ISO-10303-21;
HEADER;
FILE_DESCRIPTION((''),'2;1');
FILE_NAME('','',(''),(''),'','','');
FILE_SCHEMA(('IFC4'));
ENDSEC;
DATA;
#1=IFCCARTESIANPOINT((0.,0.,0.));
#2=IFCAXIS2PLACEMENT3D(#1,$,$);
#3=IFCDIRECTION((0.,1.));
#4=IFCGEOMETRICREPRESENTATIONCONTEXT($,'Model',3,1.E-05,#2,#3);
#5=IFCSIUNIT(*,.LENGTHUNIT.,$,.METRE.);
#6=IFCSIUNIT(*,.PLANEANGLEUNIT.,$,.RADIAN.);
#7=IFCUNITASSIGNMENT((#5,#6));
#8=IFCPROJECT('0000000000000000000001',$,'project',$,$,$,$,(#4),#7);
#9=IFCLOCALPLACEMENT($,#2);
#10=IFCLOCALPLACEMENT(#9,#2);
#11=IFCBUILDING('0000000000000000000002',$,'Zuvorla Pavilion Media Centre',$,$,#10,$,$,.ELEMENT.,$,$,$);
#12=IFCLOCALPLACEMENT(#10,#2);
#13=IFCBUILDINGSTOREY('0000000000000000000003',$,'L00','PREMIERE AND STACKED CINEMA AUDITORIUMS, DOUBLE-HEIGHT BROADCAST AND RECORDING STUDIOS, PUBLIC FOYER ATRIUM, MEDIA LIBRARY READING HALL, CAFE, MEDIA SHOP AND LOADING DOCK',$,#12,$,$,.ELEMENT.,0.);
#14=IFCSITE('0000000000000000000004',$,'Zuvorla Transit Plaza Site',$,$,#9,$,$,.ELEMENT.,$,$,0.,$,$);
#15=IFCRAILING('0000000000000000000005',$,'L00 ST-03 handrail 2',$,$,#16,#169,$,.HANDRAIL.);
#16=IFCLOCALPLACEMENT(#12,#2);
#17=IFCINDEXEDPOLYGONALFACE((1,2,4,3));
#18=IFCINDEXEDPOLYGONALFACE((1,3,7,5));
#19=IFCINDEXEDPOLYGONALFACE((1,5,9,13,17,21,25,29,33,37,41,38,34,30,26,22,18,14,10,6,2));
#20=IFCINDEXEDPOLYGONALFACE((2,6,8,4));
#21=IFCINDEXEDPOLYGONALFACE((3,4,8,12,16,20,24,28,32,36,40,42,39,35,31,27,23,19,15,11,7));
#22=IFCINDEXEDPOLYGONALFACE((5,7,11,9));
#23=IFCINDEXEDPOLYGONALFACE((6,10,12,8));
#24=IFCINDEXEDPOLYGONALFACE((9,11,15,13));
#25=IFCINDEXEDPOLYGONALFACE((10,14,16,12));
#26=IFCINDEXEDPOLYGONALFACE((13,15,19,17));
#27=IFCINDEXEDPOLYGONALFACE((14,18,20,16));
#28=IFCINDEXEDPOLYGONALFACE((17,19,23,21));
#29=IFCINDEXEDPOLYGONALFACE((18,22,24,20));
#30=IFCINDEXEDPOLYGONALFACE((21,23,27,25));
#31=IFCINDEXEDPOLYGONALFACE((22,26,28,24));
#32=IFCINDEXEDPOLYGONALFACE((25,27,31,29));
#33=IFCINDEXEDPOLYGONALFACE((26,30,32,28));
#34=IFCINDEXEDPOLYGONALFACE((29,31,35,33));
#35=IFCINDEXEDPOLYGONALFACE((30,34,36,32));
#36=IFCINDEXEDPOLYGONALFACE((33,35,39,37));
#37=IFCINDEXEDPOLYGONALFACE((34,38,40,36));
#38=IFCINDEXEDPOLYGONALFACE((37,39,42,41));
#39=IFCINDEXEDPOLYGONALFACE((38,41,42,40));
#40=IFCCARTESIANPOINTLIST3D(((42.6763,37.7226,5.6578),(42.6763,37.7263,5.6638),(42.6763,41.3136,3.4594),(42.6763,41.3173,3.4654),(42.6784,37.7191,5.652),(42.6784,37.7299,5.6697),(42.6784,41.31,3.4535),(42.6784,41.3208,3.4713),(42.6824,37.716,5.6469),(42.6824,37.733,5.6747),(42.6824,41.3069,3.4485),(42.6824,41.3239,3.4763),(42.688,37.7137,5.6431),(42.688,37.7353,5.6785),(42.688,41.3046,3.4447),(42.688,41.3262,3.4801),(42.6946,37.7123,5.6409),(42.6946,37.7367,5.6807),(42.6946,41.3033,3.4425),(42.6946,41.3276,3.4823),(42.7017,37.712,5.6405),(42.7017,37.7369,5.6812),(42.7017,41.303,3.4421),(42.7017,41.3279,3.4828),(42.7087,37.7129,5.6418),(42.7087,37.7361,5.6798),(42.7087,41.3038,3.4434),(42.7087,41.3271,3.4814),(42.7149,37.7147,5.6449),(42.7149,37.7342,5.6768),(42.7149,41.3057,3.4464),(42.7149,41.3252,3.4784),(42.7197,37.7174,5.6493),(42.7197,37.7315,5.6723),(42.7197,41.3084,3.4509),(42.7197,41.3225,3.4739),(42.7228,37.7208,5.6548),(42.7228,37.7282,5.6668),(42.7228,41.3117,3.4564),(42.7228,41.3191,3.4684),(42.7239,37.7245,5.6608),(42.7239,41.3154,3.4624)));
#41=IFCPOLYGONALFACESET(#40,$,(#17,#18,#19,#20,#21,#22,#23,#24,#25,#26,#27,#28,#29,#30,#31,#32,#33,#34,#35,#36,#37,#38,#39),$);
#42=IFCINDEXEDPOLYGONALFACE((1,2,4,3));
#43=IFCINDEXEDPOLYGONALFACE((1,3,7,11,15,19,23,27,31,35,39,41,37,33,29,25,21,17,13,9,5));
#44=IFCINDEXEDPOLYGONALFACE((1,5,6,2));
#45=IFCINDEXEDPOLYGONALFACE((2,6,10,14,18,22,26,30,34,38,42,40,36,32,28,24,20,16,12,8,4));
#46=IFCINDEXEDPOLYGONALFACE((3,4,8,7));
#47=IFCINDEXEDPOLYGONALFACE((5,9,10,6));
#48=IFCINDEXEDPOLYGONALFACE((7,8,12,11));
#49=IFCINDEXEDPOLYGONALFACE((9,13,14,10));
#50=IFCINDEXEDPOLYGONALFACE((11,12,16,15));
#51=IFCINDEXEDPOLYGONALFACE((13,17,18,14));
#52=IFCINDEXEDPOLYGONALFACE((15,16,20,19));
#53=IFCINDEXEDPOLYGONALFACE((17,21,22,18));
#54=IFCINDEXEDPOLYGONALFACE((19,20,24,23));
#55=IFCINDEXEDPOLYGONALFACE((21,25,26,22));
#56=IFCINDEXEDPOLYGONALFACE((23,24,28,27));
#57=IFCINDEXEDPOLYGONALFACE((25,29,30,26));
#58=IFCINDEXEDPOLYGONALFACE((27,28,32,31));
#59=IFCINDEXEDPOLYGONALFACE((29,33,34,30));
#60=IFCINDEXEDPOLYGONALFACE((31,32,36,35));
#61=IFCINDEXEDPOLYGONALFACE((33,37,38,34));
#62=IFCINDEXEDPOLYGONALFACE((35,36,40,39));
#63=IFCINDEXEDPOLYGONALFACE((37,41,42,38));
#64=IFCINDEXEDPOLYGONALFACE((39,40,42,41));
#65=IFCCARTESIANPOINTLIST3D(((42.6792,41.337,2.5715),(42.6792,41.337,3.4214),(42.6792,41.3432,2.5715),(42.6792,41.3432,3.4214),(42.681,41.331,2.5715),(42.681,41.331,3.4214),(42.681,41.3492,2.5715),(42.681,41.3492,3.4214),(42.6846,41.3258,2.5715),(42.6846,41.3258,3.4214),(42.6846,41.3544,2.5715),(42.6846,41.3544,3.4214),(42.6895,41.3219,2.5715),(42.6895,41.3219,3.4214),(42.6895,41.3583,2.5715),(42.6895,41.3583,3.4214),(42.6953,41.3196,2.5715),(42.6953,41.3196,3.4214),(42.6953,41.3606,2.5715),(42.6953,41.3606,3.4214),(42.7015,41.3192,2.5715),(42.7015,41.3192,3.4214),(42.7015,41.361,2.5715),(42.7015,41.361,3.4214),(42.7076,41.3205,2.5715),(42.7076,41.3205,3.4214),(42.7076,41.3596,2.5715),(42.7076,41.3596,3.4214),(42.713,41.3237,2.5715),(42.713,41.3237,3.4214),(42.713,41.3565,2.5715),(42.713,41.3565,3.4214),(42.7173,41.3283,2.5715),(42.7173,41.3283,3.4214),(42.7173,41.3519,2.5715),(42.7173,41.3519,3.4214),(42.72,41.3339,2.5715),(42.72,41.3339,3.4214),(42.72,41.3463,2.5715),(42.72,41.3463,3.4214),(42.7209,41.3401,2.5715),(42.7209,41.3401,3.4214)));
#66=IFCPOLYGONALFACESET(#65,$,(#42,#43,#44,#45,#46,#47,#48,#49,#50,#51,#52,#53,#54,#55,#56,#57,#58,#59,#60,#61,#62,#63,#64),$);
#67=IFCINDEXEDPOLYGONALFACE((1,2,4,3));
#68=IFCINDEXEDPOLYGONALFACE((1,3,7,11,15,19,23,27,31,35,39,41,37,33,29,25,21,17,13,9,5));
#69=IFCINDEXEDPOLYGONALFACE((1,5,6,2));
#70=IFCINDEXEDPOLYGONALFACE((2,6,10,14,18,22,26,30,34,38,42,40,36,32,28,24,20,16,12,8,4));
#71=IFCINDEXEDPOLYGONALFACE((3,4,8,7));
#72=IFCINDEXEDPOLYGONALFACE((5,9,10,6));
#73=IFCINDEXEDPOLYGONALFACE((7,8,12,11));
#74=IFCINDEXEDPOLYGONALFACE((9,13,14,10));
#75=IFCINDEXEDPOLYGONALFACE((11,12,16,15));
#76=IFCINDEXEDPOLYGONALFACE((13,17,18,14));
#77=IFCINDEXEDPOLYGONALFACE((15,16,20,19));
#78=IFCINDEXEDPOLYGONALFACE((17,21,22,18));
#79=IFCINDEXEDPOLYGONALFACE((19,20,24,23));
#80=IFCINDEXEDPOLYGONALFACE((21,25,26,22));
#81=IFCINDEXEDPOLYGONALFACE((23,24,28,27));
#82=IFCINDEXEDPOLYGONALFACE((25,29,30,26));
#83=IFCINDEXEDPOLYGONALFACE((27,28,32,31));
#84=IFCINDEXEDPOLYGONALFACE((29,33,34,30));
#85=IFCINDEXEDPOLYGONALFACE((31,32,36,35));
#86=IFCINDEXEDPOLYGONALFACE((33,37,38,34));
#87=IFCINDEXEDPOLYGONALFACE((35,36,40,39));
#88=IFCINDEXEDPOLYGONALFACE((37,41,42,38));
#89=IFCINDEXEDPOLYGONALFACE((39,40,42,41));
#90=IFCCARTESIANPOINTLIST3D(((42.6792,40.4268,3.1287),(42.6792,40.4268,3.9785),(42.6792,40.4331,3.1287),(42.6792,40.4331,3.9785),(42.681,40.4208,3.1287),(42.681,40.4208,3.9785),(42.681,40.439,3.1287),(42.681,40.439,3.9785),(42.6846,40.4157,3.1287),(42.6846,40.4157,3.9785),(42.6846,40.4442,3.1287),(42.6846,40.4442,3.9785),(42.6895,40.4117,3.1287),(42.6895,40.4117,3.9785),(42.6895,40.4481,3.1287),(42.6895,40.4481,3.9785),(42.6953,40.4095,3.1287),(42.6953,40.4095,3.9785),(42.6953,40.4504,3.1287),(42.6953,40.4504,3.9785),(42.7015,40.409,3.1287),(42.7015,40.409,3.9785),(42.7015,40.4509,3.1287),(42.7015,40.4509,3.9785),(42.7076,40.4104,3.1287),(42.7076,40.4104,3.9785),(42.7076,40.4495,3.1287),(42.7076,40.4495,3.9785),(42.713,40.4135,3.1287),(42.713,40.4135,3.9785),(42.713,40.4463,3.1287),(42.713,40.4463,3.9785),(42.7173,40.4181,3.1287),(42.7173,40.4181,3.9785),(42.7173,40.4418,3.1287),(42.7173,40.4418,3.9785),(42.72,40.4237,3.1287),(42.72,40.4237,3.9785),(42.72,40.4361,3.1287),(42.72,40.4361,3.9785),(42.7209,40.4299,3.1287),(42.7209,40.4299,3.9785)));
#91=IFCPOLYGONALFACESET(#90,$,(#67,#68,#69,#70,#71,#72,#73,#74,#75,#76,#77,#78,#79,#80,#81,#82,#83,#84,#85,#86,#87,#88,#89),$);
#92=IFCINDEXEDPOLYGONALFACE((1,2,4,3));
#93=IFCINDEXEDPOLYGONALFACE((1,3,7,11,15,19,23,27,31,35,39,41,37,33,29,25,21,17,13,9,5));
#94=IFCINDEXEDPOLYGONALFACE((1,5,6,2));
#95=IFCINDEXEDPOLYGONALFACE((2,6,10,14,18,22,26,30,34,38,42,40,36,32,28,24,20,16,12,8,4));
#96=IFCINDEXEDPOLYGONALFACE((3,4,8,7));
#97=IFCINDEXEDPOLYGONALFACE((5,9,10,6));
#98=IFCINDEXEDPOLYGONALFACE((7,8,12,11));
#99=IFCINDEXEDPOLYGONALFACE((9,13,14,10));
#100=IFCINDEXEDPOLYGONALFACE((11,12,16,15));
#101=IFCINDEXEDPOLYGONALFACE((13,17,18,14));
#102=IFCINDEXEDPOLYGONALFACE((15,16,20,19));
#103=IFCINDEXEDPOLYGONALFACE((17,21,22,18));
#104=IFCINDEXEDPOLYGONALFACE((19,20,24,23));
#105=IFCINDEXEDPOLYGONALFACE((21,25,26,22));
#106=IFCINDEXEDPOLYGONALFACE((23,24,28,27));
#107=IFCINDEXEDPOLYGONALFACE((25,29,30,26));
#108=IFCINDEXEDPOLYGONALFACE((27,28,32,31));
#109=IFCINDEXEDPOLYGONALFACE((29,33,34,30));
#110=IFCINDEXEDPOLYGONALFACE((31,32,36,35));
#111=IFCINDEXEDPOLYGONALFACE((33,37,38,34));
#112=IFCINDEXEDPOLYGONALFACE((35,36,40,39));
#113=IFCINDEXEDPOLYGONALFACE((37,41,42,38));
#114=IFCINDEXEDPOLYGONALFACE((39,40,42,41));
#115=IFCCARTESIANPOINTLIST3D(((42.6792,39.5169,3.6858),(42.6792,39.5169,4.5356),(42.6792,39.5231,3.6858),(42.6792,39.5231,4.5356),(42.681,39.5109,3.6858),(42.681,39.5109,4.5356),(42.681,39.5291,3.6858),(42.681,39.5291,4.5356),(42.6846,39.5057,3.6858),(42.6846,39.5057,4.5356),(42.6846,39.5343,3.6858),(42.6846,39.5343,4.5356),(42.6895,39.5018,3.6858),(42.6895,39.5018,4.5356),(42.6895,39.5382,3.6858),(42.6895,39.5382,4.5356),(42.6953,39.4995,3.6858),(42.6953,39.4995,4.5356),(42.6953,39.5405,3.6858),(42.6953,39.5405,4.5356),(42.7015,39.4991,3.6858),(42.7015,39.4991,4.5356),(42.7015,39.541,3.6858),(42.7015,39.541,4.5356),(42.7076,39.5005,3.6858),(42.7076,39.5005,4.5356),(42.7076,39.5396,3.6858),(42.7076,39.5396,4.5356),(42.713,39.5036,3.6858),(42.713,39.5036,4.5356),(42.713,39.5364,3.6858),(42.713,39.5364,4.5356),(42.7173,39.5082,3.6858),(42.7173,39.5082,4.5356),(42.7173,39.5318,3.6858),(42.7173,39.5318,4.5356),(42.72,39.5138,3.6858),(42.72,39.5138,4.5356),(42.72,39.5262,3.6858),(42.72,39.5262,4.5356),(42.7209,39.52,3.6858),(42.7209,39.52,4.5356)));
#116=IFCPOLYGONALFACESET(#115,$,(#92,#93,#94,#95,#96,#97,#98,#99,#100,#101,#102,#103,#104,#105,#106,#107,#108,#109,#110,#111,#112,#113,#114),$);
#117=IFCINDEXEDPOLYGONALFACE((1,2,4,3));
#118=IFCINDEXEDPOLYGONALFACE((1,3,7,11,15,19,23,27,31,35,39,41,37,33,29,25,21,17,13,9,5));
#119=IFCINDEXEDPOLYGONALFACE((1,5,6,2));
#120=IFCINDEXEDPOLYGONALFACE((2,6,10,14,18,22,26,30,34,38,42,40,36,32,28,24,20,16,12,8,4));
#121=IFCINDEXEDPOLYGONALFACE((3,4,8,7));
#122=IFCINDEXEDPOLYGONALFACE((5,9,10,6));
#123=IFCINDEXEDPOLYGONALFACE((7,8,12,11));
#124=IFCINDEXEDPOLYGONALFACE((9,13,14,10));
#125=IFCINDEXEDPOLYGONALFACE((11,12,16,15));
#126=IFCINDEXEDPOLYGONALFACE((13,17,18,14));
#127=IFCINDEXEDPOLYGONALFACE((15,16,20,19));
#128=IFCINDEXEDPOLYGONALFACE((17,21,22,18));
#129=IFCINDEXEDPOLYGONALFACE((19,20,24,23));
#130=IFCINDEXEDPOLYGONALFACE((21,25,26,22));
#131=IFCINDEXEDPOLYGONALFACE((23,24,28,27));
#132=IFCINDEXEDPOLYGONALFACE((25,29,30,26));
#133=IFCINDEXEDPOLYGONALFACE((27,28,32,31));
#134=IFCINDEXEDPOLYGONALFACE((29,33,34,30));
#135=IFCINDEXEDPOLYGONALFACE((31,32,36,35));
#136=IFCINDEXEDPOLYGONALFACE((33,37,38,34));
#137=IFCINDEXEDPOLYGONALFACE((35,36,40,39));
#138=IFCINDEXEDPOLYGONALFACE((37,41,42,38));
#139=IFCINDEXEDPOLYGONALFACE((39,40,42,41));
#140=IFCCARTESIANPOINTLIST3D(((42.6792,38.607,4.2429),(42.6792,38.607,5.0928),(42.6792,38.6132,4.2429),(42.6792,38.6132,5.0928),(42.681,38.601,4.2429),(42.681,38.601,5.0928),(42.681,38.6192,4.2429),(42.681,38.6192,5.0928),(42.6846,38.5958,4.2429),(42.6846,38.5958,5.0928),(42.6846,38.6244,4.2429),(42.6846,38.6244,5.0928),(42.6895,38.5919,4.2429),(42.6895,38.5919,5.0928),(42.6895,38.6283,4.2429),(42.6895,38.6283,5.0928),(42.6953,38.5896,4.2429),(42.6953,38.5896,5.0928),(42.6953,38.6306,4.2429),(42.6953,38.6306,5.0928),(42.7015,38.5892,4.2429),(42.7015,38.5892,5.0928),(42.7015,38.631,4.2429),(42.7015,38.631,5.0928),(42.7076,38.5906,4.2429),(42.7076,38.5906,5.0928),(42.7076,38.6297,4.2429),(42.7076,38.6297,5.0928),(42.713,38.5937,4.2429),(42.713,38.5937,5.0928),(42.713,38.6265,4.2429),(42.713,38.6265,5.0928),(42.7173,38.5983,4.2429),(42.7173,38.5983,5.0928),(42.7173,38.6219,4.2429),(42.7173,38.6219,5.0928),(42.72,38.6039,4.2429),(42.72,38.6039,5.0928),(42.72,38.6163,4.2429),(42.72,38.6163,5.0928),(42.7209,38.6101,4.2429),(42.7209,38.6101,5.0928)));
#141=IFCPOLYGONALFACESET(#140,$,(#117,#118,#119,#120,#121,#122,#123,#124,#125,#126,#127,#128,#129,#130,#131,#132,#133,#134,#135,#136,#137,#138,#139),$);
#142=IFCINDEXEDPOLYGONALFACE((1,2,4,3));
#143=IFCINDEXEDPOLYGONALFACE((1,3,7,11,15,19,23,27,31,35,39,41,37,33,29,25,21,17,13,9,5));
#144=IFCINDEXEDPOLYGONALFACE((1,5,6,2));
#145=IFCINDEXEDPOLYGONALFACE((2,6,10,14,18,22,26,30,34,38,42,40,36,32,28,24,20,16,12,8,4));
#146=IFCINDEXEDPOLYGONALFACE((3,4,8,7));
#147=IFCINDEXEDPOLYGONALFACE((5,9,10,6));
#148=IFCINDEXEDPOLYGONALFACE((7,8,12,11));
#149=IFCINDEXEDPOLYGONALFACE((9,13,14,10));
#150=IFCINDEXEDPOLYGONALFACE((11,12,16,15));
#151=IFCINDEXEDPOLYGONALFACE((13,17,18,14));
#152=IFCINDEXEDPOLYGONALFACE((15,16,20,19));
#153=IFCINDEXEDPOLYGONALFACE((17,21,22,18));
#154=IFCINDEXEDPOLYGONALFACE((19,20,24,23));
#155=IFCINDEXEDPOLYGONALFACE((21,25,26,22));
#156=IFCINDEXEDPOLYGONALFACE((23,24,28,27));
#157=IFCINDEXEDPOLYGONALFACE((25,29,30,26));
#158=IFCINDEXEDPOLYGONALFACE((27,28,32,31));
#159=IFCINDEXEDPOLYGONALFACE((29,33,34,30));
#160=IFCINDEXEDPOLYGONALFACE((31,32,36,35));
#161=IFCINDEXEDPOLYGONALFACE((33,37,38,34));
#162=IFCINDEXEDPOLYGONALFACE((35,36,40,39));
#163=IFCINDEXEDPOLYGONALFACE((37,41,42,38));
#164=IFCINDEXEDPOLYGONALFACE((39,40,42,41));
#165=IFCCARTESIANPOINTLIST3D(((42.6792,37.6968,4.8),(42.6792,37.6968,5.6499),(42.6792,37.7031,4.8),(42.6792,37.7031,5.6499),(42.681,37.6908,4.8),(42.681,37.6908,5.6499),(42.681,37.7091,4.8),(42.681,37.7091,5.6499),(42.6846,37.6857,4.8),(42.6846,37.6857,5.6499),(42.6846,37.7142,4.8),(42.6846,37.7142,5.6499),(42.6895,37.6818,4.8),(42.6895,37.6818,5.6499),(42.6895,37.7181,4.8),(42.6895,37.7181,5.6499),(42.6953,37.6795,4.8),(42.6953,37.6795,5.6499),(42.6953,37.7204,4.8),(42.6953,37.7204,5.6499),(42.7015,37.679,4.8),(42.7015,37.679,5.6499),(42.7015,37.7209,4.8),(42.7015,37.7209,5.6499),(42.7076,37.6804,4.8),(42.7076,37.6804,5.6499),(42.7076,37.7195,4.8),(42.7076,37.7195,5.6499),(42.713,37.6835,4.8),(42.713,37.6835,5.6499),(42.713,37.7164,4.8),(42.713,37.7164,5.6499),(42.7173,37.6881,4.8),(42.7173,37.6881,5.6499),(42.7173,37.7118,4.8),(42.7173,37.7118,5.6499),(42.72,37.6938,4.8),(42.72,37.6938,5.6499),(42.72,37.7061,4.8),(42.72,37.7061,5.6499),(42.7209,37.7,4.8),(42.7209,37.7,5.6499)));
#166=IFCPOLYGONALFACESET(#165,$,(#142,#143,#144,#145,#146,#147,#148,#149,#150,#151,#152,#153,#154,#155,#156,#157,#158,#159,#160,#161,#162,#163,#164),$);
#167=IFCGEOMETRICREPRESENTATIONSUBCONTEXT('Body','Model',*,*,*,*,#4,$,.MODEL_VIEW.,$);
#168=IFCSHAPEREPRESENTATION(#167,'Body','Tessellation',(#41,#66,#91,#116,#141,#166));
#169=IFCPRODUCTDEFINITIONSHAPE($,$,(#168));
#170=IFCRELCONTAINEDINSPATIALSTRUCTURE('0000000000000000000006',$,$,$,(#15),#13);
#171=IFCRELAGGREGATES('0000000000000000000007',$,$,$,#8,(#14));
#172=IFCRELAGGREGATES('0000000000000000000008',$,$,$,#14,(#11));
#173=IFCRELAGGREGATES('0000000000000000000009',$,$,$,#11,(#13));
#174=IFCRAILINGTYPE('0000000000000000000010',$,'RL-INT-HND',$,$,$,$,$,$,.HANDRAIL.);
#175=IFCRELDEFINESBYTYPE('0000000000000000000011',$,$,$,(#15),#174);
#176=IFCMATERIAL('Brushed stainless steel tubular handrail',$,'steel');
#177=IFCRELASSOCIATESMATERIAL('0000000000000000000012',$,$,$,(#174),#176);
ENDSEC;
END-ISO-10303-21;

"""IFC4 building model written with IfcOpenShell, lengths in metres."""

from ifc_helpers import new_model, si_unit, direction, frame, origin, origin_2d, place, context, subcontext, project, spatial, circle, extrude, material, type_object, element, save


model = new_model("IFC4")

# Units and contexts
model_context = context("Model", 3, precision=1e-05, world=origin(), true_north=direction((0.0, 1.0)))
body_context = subcontext(model_context, "Body", "Model", "MODEL_VIEW")
ifc_project = project(units=[si_unit("LENGTHUNIT", "METRE"), si_unit("PLANEANGLEUNIT", "RADIAN")], contexts=[model_context])

# Site, building, storey
site_placement = place(None, origin())
site = spatial("IfcSite", under=ifc_project, at=site_placement, Name="Zuvorla Transit Plaza Site", CompositionType="ELEMENT", RefElevation=0.0)
building_placement = place(site_placement, origin())
building = spatial("IfcBuilding", under=site, at=building_placement, Name="Zuvorla Pavilion Media Centre", CompositionType="ELEMENT")
storey_placement = place(building_placement, origin())
storey = spatial("IfcBuildingStorey", under=building, at=storey_placement, Name="L00", Description="PREMIERE AND STACKED CINEMA AUDITORIUMS, DOUBLE-HEIGHT BROADCAST AND RECORDING STUDIOS, PUBLIC FOYER ATRIUM, MEDIA LIBRARY READING HALL, CAFE, MEDIA SHOP AND LOADING DOCK", CompositionType="ELEMENT", Elevation=0.0)

# Railing
ifc_material_1 = material(Name="Brushed stainless steel tubular handrail", Category="steel")
railing_type_1 = type_object("IfcRailingType", Name="RL-INT-HND", PredefinedType="HANDRAIL", material=ifc_material_1)
railing_1_placement = place(storey_placement, frame((42.7, 41.3401, 2.5715)))
element("IfcRailing", 1, at=railing_1_placement, inside=storey, type_object=railing_type_1, Name="L00 ST-03 handrail 2", PredefinedType="HANDRAIL", context=body_context, shape_type="SweptSolid", body=[
    extrude(circle(Radius=0.0239, at=origin_2d()), frame((0.0, -0.0247, 0.8909), z_axis=(0.0, -0.852866, 0.52213), x_axis=(1.0, 0.0, 0.0)), (0.0, 0.0, 1.0), 4.2104),
    extrude(circle(Radius=0.021, at=origin_2d()), origin(), (0.0, 0.0, 1.0), 0.8499),
    extrude(circle(Radius=0.021, at=origin_2d()), frame((0.0, -0.9102, 0.5571)), (0.0, 0.0, 1.0), 0.8499),
    extrude(circle(Radius=0.021, at=origin_2d()), frame((0.0, -1.8201, 1.1143)), (0.0, 0.0, 1.0), 0.8499),
    extrude(circle(Radius=0.021, at=origin_2d()), frame((0.0, -2.73, 1.6714)), (0.0, 0.0, 1.0), 0.8499),
    extrude(circle(Radius=0.021, at=origin_2d()), frame((0.0, -3.6401, 2.2285)), (0.0, 0.0, 1.0), 0.8499),
])

save(model, "model.ifc")
